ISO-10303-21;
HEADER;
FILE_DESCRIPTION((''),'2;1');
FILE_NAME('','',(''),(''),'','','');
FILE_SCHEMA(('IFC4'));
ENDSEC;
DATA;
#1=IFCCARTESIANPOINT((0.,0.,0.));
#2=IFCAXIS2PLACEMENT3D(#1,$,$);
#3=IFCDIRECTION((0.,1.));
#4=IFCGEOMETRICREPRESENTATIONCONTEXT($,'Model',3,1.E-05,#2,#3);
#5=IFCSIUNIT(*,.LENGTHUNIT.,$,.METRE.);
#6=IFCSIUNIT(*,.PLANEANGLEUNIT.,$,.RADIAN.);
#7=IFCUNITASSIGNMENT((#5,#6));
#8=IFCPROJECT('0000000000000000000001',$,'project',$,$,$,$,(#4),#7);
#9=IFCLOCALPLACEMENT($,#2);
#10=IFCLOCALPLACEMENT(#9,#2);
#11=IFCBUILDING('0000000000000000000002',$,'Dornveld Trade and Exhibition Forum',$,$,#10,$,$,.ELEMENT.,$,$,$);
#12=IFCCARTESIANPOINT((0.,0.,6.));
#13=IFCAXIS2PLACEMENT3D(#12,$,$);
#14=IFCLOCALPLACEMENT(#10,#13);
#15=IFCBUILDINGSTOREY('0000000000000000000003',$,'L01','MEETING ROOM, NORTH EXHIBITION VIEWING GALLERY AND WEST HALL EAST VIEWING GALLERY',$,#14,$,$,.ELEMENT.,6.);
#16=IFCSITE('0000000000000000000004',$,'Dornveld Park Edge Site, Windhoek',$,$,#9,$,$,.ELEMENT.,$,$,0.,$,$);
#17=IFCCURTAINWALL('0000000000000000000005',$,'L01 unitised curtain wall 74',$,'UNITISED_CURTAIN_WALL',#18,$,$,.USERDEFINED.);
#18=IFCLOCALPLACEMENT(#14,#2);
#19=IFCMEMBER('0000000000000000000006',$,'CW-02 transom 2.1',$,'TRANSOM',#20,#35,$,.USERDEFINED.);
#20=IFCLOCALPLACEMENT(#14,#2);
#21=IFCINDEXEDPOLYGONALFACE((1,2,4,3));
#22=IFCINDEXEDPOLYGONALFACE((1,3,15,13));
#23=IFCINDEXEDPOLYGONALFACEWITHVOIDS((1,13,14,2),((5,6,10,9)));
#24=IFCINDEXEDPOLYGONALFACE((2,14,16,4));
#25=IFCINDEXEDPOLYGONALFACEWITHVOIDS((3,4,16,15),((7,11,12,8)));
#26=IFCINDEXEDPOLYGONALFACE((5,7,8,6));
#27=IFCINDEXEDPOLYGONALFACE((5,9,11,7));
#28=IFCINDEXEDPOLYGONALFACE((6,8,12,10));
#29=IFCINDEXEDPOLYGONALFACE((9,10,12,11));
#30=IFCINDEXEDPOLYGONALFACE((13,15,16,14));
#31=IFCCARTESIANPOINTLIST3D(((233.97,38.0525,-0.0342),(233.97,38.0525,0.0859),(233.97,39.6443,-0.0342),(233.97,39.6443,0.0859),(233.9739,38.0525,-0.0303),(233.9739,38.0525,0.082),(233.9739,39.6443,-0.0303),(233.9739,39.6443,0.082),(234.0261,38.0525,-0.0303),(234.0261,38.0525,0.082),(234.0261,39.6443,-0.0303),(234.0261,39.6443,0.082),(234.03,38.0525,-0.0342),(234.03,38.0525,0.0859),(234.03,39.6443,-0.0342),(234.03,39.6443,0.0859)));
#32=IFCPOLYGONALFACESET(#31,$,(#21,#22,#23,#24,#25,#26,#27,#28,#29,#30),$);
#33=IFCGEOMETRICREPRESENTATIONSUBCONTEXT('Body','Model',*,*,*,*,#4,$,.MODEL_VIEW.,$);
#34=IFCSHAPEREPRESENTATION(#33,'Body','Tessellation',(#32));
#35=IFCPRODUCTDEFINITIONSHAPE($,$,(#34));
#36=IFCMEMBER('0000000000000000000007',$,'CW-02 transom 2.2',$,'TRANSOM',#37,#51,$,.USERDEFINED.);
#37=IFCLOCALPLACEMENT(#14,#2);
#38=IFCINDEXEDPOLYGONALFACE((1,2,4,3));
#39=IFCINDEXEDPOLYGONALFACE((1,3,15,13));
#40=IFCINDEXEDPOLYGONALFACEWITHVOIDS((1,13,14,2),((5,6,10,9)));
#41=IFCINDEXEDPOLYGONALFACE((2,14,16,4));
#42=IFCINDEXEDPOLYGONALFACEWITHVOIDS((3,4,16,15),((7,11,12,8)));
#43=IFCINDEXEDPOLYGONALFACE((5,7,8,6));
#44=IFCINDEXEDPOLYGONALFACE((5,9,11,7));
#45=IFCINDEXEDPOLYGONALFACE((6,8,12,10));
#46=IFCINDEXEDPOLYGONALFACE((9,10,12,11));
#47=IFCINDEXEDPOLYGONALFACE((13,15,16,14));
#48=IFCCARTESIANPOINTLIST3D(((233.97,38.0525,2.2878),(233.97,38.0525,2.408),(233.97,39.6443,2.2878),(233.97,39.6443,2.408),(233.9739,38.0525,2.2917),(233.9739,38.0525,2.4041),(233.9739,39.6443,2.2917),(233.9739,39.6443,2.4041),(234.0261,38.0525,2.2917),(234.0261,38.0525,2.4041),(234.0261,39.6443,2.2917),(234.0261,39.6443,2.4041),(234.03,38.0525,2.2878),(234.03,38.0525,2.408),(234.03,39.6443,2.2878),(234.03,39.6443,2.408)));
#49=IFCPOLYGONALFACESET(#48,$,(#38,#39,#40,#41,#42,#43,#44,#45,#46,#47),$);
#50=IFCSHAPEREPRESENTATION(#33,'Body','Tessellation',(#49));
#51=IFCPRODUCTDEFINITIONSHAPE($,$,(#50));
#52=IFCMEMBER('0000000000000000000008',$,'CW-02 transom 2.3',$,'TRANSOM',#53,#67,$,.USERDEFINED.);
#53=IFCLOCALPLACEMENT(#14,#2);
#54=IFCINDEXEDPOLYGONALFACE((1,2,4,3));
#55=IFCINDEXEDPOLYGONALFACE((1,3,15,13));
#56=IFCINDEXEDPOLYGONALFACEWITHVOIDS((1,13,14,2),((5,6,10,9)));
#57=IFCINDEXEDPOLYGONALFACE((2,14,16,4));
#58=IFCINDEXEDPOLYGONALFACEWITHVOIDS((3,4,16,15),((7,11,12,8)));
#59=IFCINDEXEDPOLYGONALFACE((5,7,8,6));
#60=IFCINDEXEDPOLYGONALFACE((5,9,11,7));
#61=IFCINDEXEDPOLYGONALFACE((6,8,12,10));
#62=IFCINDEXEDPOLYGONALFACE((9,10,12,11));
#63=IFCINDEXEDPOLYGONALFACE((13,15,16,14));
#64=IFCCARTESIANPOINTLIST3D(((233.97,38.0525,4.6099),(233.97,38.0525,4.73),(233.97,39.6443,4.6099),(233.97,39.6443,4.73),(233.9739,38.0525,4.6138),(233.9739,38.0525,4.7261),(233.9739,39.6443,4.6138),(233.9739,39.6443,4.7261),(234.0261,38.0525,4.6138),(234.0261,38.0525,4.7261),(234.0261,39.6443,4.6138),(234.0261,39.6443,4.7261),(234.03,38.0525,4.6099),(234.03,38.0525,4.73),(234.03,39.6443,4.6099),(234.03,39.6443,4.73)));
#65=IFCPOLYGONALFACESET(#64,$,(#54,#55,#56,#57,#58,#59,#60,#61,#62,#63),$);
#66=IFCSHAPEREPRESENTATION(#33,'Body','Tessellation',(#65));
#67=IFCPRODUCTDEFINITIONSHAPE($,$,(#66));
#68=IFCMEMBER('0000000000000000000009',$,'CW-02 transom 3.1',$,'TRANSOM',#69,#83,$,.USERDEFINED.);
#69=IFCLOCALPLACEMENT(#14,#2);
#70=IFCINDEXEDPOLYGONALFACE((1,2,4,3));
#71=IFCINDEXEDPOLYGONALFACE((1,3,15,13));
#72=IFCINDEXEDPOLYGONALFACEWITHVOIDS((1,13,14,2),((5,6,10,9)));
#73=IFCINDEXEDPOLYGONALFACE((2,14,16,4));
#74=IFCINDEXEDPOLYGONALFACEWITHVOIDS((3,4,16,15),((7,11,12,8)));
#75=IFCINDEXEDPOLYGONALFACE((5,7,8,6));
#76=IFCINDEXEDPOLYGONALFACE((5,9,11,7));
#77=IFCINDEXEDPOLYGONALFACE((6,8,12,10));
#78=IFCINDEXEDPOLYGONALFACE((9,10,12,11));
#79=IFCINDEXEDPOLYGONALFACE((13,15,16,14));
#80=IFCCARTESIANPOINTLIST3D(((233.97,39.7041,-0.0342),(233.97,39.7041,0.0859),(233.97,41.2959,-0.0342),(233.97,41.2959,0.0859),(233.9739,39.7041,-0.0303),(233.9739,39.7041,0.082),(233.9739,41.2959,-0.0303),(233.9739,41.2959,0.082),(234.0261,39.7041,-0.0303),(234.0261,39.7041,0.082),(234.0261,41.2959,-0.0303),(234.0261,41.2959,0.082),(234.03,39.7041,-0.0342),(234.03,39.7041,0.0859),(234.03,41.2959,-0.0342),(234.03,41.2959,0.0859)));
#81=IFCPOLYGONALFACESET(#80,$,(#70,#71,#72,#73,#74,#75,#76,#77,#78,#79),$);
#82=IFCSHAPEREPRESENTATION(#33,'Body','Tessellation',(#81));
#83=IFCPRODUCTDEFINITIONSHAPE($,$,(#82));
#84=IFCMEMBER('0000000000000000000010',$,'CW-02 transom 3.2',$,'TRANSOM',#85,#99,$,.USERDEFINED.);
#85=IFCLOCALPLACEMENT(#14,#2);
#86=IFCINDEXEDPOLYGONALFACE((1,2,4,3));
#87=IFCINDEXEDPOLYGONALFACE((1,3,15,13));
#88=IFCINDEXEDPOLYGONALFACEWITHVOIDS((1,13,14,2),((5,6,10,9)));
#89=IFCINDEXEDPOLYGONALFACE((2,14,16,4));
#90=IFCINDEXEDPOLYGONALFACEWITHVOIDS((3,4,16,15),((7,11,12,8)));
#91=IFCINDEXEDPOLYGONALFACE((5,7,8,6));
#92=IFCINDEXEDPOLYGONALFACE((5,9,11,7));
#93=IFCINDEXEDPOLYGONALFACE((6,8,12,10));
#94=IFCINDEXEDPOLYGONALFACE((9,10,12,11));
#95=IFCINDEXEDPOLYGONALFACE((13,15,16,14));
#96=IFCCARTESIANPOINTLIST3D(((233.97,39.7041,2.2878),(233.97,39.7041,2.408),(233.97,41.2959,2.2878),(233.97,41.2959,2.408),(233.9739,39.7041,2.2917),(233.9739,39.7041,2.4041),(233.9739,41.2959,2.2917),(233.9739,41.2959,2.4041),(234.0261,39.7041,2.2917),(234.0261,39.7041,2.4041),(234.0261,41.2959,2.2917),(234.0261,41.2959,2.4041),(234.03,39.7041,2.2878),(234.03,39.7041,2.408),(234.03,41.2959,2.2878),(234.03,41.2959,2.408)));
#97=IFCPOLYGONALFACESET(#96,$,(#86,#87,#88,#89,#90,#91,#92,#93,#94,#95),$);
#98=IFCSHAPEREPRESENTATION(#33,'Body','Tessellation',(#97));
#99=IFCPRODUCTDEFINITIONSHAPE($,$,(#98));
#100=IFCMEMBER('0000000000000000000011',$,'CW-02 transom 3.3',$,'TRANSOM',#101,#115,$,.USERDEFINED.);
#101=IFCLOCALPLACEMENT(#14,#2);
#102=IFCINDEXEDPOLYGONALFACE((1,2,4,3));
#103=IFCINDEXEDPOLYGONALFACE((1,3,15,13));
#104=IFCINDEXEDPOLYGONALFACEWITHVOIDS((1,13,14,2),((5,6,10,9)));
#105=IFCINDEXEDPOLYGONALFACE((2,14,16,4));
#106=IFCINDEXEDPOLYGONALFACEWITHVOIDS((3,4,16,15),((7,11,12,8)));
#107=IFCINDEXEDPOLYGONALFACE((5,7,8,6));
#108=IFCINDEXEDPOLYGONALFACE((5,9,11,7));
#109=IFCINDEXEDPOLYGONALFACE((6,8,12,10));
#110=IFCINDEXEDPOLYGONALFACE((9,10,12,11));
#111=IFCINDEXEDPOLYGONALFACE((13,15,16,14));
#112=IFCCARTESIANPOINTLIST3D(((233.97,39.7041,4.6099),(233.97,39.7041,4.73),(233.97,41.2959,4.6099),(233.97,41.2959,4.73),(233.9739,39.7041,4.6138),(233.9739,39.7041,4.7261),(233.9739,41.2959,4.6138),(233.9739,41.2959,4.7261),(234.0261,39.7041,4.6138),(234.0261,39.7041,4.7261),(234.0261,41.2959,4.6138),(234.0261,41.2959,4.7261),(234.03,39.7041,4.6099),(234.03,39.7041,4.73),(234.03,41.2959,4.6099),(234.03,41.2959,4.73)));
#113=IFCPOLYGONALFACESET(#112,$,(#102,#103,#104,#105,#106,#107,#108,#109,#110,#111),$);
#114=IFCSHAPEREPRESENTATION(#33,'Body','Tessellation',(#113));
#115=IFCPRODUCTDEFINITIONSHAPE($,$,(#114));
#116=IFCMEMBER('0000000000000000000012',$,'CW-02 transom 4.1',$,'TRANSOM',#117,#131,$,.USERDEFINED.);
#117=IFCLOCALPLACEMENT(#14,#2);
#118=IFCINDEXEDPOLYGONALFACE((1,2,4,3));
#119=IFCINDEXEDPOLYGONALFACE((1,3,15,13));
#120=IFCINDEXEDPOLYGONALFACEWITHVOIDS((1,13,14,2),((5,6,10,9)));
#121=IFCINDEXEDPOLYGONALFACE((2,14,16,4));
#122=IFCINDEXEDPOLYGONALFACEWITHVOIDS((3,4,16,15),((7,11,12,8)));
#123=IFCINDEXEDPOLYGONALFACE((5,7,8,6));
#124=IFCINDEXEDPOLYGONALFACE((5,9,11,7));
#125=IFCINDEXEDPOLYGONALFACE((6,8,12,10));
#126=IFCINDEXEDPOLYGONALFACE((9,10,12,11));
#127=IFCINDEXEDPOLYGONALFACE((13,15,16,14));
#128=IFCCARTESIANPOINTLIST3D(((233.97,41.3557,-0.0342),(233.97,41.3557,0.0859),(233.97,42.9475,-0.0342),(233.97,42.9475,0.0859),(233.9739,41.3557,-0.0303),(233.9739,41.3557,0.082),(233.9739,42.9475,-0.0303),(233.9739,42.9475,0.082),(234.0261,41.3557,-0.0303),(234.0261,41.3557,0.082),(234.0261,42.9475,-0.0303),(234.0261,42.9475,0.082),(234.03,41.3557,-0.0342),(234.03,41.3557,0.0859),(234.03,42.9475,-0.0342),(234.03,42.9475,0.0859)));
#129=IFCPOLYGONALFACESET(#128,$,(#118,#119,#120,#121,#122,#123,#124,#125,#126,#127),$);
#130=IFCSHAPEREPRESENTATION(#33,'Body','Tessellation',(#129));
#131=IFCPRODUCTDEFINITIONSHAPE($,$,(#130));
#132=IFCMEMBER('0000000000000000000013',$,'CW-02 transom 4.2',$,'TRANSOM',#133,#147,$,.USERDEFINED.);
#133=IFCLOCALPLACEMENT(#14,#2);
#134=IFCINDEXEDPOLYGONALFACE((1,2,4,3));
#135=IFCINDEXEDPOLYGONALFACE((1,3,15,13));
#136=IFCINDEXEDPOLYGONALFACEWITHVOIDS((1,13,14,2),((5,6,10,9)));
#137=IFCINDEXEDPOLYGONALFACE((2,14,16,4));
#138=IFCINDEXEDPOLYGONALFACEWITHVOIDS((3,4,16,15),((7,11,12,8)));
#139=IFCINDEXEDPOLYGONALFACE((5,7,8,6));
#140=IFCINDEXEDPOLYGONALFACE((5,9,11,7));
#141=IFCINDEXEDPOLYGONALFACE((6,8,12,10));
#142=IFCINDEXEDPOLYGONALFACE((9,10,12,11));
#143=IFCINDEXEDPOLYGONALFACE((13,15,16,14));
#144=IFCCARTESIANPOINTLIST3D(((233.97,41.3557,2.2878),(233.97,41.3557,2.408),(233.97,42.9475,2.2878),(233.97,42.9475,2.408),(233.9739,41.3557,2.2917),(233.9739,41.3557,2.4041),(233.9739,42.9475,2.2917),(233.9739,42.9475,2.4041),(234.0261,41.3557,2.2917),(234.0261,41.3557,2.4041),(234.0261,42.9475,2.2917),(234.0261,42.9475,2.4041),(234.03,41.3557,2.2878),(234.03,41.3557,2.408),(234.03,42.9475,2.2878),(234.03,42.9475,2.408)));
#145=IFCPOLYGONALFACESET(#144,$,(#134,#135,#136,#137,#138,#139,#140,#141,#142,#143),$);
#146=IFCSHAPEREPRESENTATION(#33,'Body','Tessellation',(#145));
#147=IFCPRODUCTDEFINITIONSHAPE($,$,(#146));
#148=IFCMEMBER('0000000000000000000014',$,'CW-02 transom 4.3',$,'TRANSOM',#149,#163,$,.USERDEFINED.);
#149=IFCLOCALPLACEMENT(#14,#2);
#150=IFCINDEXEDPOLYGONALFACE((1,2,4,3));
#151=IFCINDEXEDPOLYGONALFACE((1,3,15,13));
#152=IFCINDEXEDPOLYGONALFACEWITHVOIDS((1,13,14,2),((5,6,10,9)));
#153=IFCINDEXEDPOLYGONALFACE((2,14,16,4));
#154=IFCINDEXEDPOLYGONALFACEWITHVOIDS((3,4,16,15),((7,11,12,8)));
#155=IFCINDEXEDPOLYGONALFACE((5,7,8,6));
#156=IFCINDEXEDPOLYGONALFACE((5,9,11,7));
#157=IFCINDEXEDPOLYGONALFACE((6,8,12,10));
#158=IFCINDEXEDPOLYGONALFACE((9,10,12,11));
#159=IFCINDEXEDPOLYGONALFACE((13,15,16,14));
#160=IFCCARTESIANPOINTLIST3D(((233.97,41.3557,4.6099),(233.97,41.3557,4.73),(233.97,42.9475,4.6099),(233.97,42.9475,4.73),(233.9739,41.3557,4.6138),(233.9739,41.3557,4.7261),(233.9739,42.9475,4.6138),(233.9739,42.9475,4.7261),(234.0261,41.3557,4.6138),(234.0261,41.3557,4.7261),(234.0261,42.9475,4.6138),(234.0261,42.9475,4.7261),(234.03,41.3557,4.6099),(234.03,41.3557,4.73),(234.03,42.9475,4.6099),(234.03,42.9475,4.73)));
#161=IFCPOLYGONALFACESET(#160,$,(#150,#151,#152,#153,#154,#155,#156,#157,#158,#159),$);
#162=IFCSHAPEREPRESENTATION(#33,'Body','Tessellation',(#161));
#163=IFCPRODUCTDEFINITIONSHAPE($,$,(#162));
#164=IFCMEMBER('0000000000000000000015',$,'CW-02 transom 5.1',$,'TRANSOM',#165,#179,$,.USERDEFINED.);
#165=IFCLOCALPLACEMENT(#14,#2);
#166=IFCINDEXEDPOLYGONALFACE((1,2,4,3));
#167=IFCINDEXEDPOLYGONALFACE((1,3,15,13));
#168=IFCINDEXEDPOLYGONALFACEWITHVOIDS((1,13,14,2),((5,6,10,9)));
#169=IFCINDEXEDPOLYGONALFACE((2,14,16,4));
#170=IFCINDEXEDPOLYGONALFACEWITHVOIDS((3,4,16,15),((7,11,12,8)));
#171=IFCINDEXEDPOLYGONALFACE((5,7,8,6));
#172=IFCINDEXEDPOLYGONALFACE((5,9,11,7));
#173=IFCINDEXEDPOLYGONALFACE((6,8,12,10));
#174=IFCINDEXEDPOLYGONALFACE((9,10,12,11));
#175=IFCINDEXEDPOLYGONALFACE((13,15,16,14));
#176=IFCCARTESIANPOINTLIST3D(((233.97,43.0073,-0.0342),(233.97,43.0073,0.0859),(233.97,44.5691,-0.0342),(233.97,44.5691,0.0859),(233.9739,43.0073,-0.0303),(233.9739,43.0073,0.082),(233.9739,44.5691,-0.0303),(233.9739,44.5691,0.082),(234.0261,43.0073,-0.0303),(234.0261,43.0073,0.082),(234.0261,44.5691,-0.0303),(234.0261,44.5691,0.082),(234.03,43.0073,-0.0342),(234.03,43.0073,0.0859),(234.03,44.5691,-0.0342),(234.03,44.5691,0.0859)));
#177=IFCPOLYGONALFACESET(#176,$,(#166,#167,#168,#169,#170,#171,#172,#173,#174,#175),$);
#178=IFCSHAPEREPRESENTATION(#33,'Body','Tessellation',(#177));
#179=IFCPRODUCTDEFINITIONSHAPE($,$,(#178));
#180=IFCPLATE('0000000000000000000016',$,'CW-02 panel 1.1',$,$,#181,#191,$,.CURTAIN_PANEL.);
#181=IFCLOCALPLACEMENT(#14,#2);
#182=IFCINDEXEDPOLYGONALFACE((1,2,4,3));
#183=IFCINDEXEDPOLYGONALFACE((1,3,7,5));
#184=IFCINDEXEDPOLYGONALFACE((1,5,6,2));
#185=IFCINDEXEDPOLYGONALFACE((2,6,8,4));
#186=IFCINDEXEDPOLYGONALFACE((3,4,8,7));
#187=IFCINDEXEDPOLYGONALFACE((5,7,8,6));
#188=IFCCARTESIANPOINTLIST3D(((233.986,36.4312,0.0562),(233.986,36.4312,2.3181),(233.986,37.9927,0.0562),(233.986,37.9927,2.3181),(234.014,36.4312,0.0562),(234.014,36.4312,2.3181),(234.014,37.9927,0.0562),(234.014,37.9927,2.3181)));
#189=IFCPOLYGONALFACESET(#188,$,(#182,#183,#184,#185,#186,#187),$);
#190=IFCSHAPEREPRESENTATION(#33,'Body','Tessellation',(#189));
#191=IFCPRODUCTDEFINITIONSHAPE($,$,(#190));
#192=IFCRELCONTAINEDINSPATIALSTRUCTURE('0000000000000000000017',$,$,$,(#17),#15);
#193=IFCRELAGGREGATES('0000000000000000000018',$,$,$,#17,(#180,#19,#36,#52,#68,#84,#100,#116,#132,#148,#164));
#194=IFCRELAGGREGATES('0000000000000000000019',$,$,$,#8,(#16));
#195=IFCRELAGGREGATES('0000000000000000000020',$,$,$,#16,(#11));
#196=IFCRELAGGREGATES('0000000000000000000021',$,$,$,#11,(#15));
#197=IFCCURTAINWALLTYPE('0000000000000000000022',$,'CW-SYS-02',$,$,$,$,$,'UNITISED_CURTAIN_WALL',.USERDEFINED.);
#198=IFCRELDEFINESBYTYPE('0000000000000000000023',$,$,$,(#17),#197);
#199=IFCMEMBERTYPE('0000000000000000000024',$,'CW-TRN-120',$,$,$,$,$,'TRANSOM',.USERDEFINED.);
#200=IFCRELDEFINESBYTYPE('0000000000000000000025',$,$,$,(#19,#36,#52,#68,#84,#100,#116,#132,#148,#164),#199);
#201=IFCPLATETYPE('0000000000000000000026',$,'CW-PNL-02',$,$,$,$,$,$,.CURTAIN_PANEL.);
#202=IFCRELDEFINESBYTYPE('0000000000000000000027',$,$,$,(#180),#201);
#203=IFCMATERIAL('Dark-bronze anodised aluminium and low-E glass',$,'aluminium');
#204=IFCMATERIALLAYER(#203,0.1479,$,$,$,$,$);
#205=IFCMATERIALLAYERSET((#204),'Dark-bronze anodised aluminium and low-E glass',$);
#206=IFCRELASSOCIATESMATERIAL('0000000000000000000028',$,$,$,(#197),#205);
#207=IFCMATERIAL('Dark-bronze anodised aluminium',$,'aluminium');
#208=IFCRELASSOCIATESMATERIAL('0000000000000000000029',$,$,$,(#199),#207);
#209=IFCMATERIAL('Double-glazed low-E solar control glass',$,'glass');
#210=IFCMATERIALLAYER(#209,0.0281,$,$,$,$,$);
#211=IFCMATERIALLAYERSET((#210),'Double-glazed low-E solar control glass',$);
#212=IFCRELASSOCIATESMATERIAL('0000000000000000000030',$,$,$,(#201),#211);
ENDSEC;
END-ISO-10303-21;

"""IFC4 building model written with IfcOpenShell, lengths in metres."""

from ifc_helpers import new_model, si_unit, direction, frame, origin, origin_2d, place, context, subcontext, project, spatial, rectangle, hollow_rectangle, extrude, material, layer, layer_set, material_profile, profile_set, type_object, element, aggregate, save


model = new_model("IFC4")

# Units and contexts
model_context = context("Model", 3, precision=1e-05, world=origin(), true_north=direction((0.0, 1.0)))
body_context = subcontext(model_context, "Body", "Model", "MODEL_VIEW")
ifc_project = project(units=[si_unit("LENGTHUNIT", "METRE"), si_unit("PLANEANGLEUNIT", "RADIAN")], contexts=[model_context])

# Site, building, storey
site_placement = place(None, origin())
site = spatial("IfcSite", under=ifc_project, at=site_placement, Name="Dornveld Park Edge Site, Windhoek", CompositionType="ELEMENT", RefElevation=0.0)
building_placement = place(site_placement, origin())
building = spatial("IfcBuilding", under=site, at=building_placement, Name="Dornveld Trade and Exhibition Forum", CompositionType="ELEMENT")
storey_placement = place(building_placement, frame((0.0, 0.0, 6.0)))
storey = spatial("IfcBuildingStorey", under=building, at=storey_placement, Name="L01", Description="MEETING ROOM, NORTH EXHIBITION VIEWING GALLERY AND WEST HALL EAST VIEWING GALLERY", CompositionType="ELEMENT", Elevation=6.0)

# Curtain wall, members, plate
ifc_material_1 = material(Name="Dark-bronze anodised aluminium and low-E glass", Category="aluminium")
ifc_layer_1 = layer(ifc_material_1, 0.1479)
ifc_layer_set_1 = layer_set([ifc_layer_1], Name="Dark-bronze anodised aluminium and low-E glass")
curtain_wall_type = type_object("IfcCurtainWallType", Name="CW-SYS-02", ElementType="UNITISED_CURTAIN_WALL", PredefinedType="USERDEFINED", material=ifc_layer_set_1)
curtain_wall_placement = place(storey_placement, origin())
curtain_wall = element("IfcCurtainWall", 1, at=curtain_wall_placement, inside=storey, type_object=curtain_wall_type, Name="L01 unitised curtain wall 74", ObjectType="UNITISED_CURTAIN_WALL", PredefinedType="USERDEFINED")
ifc_material_2 = material(Name="Dark-bronze anodised aluminium", Category="aluminium")
ifc_material_profile_1 = material_profile(ifc_material_2, hollow_rectangle(XDim=0.0601, YDim=0.1201, WallThickness=0.0039, at=origin_2d()), Name="RHS 120x60x4")
ifc_profile_set_1 = profile_set([ifc_material_profile_1], Name="Dark-bronze anodised aluminium")
member_type_1 = type_object("IfcMemberType", Name="CW-TRN-120", ElementType="TRANSOM", PredefinedType="USERDEFINED", material=ifc_profile_set_1)
member_1_placement = place(storey_placement, frame((234.0, 38.0525, 0.0259), z_axis=(0.0, 1.0, 0.0), x_axis=(-1.0, 0.0, 0.0)))
member_1 = element("IfcMember", 2, at=member_1_placement, type_object=member_type_1, Name="CW-02 transom 2.1", ObjectType="TRANSOM", PredefinedType="USERDEFINED", context=body_context, shape_type="SweptSolid", body=[
    extrude(hollow_rectangle(XDim=0.0601, YDim=0.1201, WallThickness=0.0039, at=origin_2d()), origin(), (0.0, 0.0, 1.0), 1.5918),
])
member_2_placement = place(storey_placement, frame((234.0, 38.0525, 2.3479), z_axis=(0.0, 1.0, 0.0), x_axis=(-1.0, 0.0, 0.0)))
member_2 = element("IfcMember", 3, at=member_2_placement, type_object=member_type_1, Name="CW-02 transom 2.2", ObjectType="TRANSOM", PredefinedType="USERDEFINED", context=body_context, shape_type="SweptSolid", body=[
    extrude(hollow_rectangle(XDim=0.0601, YDim=0.1201, WallThickness=0.0039, at=origin_2d()), origin(), (0.0, 0.0, 1.0), 1.5918),
])
member_3_placement = place(storey_placement, frame((234.0, 38.0525, 4.6699), z_axis=(0.0, 1.0, 0.0), x_axis=(-1.0, 0.0, 0.0)))
member_3 = element("IfcMember", 4, at=member_3_placement, type_object=member_type_1, Name="CW-02 transom 2.3", ObjectType="TRANSOM", PredefinedType="USERDEFINED", context=body_context, shape_type="SweptSolid", body=[
    extrude(hollow_rectangle(XDim=0.0601, YDim=0.1201, WallThickness=0.0039, at=origin_2d()), origin(), (0.0, 0.0, 1.0), 1.5918),
])
member_4_placement = place(storey_placement, frame((234.0, 39.7041, 0.0259), z_axis=(0.0, 1.0, 0.0), x_axis=(-1.0, 0.0, 0.0)))
member_4 = element("IfcMember", 5, at=member_4_placement, type_object=member_type_1, Name="CW-02 transom 3.1", ObjectType="TRANSOM", PredefinedType="USERDEFINED", context=body_context, shape_type="SweptSolid", body=[
    extrude(hollow_rectangle(XDim=0.0601, YDim=0.1201, WallThickness=0.0039, at=origin_2d()), origin(), (0.0, 0.0, 1.0), 1.5918),
])
member_5_placement = place(storey_placement, frame((234.0, 39.7041, 2.3479), z_axis=(0.0, 1.0, 0.0), x_axis=(-1.0, 0.0, 0.0)))
member_5 = element("IfcMember", 6, at=member_5_placement, type_object=member_type_1, Name="CW-02 transom 3.2", ObjectType="TRANSOM", PredefinedType="USERDEFINED", context=body_context, shape_type="SweptSolid", body=[
    extrude(hollow_rectangle(XDim=0.0601, YDim=0.1201, WallThickness=0.0039, at=origin_2d()), origin(), (0.0, 0.0, 1.0), 1.5918),
])
member_6_placement = place(storey_placement, frame((234.0, 39.7041, 4.6699), z_axis=(0.0, 1.0, 0.0), x_axis=(-1.0, 0.0, 0.0)))
member_6 = element("IfcMember", 7, at=member_6_placement, type_object=member_type_1, Name="CW-02 transom 3.3", ObjectType="TRANSOM", PredefinedType="USERDEFINED", context=body_context, shape_type="SweptSolid", body=[
    extrude(hollow_rectangle(XDim=0.0601, YDim=0.1201, WallThickness=0.0039, at=origin_2d()), origin(), (0.0, 0.0, 1.0), 1.5918),
])
member_7_placement = place(storey_placement, frame((234.0, 41.3557, 0.0259), z_axis=(0.0, 1.0, 0.0), x_axis=(-1.0, 0.0, 0.0)))
member_7 = element("IfcMember", 8, at=member_7_placement, type_object=member_type_1, Name="CW-02 transom 4.1", ObjectType="TRANSOM", PredefinedType="USERDEFINED", context=body_context, shape_type="SweptSolid", body=[
    extrude(hollow_rectangle(XDim=0.0601, YDim=0.1201, WallThickness=0.0039, at=origin_2d()), origin(), (0.0, 0.0, 1.0), 1.5918),
])
member_8_placement = place(storey_placement, frame((234.0, 41.3557, 2.3479), z_axis=(0.0, 1.0, 0.0), x_axis=(-1.0, 0.0, 0.0)))
member_8 = element("IfcMember", 9, at=member_8_placement, type_object=member_type_1, Name="CW-02 transom 4.2", ObjectType="TRANSOM", PredefinedType="USERDEFINED", context=body_context, shape_type="SweptSolid", body=[
    extrude(hollow_rectangle(XDim=0.0601, YDim=0.1201, WallThickness=0.0039, at=origin_2d()), origin(), (0.0, 0.0, 1.0), 1.5918),
])
member_9_placement = place(storey_placement, frame((234.0, 41.3557, 4.6699), z_axis=(0.0, 1.0, 0.0), x_axis=(-1.0, 0.0, 0.0)))
member_9 = element("IfcMember", 10, at=member_9_placement, type_object=member_type_1, Name="CW-02 transom 4.3", ObjectType="TRANSOM", PredefinedType="USERDEFINED", context=body_context, shape_type="SweptSolid", body=[
    extrude(hollow_rectangle(XDim=0.0601, YDim=0.1201, WallThickness=0.0039, at=origin_2d()), origin(), (0.0, 0.0, 1.0), 1.5918),
])
member_10_placement = place(storey_placement, frame((234.0, 43.0073, 0.0259), z_axis=(0.0, 1.0, 0.0), x_axis=(-1.0, 0.0, 0.0)))
member_10 = element("IfcMember", 11, at=member_10_placement, type_object=member_type_1, Name="CW-02 transom 5.1", ObjectType="TRANSOM", PredefinedType="USERDEFINED", context=body_context, shape_type="SweptSolid", body=[
    extrude(hollow_rectangle(XDim=0.0601, YDim=0.1201, WallThickness=0.0039, at=origin_2d()), origin(), (0.0, 0.0, 1.0), 1.5618),
])
ifc_material_3 = material(Name="Double-glazed low-E solar control glass", Category="glass")
ifc_layer_2 = layer(ifc_material_3, 0.0281)
ifc_layer_set_2 = layer_set([ifc_layer_2], Name="Double-glazed low-E solar control glass")
plate_type = type_object("IfcPlateType", Name="CW-PNL-02", PredefinedType="CURTAIN_PANEL", material=ifc_layer_set_2)
plate_1_placement = place(storey_placement, frame((234.0, 37.2119, 0.0562), z_axis=(0.0, 0.0, 1.0), x_axis=(0.0, 1.0, 0.0)))
plate_1 = element("IfcPlate", 12, at=plate_1_placement, type_object=plate_type, Name="CW-02 panel 1.1", PredefinedType="CURTAIN_PANEL", context=body_context, shape_type="SweptSolid", body=[
    extrude(rectangle(XDim=1.5615, YDim=0.0281, at=origin_2d()), origin(), (0.0, 0.0, 1.0), 2.262),
])
aggregate(curtain_wall, [plate_1, member_1, member_2, member_3, member_4, member_5, member_6, member_7, member_8, member_9, member_10])

save(model, "model.ifc")
